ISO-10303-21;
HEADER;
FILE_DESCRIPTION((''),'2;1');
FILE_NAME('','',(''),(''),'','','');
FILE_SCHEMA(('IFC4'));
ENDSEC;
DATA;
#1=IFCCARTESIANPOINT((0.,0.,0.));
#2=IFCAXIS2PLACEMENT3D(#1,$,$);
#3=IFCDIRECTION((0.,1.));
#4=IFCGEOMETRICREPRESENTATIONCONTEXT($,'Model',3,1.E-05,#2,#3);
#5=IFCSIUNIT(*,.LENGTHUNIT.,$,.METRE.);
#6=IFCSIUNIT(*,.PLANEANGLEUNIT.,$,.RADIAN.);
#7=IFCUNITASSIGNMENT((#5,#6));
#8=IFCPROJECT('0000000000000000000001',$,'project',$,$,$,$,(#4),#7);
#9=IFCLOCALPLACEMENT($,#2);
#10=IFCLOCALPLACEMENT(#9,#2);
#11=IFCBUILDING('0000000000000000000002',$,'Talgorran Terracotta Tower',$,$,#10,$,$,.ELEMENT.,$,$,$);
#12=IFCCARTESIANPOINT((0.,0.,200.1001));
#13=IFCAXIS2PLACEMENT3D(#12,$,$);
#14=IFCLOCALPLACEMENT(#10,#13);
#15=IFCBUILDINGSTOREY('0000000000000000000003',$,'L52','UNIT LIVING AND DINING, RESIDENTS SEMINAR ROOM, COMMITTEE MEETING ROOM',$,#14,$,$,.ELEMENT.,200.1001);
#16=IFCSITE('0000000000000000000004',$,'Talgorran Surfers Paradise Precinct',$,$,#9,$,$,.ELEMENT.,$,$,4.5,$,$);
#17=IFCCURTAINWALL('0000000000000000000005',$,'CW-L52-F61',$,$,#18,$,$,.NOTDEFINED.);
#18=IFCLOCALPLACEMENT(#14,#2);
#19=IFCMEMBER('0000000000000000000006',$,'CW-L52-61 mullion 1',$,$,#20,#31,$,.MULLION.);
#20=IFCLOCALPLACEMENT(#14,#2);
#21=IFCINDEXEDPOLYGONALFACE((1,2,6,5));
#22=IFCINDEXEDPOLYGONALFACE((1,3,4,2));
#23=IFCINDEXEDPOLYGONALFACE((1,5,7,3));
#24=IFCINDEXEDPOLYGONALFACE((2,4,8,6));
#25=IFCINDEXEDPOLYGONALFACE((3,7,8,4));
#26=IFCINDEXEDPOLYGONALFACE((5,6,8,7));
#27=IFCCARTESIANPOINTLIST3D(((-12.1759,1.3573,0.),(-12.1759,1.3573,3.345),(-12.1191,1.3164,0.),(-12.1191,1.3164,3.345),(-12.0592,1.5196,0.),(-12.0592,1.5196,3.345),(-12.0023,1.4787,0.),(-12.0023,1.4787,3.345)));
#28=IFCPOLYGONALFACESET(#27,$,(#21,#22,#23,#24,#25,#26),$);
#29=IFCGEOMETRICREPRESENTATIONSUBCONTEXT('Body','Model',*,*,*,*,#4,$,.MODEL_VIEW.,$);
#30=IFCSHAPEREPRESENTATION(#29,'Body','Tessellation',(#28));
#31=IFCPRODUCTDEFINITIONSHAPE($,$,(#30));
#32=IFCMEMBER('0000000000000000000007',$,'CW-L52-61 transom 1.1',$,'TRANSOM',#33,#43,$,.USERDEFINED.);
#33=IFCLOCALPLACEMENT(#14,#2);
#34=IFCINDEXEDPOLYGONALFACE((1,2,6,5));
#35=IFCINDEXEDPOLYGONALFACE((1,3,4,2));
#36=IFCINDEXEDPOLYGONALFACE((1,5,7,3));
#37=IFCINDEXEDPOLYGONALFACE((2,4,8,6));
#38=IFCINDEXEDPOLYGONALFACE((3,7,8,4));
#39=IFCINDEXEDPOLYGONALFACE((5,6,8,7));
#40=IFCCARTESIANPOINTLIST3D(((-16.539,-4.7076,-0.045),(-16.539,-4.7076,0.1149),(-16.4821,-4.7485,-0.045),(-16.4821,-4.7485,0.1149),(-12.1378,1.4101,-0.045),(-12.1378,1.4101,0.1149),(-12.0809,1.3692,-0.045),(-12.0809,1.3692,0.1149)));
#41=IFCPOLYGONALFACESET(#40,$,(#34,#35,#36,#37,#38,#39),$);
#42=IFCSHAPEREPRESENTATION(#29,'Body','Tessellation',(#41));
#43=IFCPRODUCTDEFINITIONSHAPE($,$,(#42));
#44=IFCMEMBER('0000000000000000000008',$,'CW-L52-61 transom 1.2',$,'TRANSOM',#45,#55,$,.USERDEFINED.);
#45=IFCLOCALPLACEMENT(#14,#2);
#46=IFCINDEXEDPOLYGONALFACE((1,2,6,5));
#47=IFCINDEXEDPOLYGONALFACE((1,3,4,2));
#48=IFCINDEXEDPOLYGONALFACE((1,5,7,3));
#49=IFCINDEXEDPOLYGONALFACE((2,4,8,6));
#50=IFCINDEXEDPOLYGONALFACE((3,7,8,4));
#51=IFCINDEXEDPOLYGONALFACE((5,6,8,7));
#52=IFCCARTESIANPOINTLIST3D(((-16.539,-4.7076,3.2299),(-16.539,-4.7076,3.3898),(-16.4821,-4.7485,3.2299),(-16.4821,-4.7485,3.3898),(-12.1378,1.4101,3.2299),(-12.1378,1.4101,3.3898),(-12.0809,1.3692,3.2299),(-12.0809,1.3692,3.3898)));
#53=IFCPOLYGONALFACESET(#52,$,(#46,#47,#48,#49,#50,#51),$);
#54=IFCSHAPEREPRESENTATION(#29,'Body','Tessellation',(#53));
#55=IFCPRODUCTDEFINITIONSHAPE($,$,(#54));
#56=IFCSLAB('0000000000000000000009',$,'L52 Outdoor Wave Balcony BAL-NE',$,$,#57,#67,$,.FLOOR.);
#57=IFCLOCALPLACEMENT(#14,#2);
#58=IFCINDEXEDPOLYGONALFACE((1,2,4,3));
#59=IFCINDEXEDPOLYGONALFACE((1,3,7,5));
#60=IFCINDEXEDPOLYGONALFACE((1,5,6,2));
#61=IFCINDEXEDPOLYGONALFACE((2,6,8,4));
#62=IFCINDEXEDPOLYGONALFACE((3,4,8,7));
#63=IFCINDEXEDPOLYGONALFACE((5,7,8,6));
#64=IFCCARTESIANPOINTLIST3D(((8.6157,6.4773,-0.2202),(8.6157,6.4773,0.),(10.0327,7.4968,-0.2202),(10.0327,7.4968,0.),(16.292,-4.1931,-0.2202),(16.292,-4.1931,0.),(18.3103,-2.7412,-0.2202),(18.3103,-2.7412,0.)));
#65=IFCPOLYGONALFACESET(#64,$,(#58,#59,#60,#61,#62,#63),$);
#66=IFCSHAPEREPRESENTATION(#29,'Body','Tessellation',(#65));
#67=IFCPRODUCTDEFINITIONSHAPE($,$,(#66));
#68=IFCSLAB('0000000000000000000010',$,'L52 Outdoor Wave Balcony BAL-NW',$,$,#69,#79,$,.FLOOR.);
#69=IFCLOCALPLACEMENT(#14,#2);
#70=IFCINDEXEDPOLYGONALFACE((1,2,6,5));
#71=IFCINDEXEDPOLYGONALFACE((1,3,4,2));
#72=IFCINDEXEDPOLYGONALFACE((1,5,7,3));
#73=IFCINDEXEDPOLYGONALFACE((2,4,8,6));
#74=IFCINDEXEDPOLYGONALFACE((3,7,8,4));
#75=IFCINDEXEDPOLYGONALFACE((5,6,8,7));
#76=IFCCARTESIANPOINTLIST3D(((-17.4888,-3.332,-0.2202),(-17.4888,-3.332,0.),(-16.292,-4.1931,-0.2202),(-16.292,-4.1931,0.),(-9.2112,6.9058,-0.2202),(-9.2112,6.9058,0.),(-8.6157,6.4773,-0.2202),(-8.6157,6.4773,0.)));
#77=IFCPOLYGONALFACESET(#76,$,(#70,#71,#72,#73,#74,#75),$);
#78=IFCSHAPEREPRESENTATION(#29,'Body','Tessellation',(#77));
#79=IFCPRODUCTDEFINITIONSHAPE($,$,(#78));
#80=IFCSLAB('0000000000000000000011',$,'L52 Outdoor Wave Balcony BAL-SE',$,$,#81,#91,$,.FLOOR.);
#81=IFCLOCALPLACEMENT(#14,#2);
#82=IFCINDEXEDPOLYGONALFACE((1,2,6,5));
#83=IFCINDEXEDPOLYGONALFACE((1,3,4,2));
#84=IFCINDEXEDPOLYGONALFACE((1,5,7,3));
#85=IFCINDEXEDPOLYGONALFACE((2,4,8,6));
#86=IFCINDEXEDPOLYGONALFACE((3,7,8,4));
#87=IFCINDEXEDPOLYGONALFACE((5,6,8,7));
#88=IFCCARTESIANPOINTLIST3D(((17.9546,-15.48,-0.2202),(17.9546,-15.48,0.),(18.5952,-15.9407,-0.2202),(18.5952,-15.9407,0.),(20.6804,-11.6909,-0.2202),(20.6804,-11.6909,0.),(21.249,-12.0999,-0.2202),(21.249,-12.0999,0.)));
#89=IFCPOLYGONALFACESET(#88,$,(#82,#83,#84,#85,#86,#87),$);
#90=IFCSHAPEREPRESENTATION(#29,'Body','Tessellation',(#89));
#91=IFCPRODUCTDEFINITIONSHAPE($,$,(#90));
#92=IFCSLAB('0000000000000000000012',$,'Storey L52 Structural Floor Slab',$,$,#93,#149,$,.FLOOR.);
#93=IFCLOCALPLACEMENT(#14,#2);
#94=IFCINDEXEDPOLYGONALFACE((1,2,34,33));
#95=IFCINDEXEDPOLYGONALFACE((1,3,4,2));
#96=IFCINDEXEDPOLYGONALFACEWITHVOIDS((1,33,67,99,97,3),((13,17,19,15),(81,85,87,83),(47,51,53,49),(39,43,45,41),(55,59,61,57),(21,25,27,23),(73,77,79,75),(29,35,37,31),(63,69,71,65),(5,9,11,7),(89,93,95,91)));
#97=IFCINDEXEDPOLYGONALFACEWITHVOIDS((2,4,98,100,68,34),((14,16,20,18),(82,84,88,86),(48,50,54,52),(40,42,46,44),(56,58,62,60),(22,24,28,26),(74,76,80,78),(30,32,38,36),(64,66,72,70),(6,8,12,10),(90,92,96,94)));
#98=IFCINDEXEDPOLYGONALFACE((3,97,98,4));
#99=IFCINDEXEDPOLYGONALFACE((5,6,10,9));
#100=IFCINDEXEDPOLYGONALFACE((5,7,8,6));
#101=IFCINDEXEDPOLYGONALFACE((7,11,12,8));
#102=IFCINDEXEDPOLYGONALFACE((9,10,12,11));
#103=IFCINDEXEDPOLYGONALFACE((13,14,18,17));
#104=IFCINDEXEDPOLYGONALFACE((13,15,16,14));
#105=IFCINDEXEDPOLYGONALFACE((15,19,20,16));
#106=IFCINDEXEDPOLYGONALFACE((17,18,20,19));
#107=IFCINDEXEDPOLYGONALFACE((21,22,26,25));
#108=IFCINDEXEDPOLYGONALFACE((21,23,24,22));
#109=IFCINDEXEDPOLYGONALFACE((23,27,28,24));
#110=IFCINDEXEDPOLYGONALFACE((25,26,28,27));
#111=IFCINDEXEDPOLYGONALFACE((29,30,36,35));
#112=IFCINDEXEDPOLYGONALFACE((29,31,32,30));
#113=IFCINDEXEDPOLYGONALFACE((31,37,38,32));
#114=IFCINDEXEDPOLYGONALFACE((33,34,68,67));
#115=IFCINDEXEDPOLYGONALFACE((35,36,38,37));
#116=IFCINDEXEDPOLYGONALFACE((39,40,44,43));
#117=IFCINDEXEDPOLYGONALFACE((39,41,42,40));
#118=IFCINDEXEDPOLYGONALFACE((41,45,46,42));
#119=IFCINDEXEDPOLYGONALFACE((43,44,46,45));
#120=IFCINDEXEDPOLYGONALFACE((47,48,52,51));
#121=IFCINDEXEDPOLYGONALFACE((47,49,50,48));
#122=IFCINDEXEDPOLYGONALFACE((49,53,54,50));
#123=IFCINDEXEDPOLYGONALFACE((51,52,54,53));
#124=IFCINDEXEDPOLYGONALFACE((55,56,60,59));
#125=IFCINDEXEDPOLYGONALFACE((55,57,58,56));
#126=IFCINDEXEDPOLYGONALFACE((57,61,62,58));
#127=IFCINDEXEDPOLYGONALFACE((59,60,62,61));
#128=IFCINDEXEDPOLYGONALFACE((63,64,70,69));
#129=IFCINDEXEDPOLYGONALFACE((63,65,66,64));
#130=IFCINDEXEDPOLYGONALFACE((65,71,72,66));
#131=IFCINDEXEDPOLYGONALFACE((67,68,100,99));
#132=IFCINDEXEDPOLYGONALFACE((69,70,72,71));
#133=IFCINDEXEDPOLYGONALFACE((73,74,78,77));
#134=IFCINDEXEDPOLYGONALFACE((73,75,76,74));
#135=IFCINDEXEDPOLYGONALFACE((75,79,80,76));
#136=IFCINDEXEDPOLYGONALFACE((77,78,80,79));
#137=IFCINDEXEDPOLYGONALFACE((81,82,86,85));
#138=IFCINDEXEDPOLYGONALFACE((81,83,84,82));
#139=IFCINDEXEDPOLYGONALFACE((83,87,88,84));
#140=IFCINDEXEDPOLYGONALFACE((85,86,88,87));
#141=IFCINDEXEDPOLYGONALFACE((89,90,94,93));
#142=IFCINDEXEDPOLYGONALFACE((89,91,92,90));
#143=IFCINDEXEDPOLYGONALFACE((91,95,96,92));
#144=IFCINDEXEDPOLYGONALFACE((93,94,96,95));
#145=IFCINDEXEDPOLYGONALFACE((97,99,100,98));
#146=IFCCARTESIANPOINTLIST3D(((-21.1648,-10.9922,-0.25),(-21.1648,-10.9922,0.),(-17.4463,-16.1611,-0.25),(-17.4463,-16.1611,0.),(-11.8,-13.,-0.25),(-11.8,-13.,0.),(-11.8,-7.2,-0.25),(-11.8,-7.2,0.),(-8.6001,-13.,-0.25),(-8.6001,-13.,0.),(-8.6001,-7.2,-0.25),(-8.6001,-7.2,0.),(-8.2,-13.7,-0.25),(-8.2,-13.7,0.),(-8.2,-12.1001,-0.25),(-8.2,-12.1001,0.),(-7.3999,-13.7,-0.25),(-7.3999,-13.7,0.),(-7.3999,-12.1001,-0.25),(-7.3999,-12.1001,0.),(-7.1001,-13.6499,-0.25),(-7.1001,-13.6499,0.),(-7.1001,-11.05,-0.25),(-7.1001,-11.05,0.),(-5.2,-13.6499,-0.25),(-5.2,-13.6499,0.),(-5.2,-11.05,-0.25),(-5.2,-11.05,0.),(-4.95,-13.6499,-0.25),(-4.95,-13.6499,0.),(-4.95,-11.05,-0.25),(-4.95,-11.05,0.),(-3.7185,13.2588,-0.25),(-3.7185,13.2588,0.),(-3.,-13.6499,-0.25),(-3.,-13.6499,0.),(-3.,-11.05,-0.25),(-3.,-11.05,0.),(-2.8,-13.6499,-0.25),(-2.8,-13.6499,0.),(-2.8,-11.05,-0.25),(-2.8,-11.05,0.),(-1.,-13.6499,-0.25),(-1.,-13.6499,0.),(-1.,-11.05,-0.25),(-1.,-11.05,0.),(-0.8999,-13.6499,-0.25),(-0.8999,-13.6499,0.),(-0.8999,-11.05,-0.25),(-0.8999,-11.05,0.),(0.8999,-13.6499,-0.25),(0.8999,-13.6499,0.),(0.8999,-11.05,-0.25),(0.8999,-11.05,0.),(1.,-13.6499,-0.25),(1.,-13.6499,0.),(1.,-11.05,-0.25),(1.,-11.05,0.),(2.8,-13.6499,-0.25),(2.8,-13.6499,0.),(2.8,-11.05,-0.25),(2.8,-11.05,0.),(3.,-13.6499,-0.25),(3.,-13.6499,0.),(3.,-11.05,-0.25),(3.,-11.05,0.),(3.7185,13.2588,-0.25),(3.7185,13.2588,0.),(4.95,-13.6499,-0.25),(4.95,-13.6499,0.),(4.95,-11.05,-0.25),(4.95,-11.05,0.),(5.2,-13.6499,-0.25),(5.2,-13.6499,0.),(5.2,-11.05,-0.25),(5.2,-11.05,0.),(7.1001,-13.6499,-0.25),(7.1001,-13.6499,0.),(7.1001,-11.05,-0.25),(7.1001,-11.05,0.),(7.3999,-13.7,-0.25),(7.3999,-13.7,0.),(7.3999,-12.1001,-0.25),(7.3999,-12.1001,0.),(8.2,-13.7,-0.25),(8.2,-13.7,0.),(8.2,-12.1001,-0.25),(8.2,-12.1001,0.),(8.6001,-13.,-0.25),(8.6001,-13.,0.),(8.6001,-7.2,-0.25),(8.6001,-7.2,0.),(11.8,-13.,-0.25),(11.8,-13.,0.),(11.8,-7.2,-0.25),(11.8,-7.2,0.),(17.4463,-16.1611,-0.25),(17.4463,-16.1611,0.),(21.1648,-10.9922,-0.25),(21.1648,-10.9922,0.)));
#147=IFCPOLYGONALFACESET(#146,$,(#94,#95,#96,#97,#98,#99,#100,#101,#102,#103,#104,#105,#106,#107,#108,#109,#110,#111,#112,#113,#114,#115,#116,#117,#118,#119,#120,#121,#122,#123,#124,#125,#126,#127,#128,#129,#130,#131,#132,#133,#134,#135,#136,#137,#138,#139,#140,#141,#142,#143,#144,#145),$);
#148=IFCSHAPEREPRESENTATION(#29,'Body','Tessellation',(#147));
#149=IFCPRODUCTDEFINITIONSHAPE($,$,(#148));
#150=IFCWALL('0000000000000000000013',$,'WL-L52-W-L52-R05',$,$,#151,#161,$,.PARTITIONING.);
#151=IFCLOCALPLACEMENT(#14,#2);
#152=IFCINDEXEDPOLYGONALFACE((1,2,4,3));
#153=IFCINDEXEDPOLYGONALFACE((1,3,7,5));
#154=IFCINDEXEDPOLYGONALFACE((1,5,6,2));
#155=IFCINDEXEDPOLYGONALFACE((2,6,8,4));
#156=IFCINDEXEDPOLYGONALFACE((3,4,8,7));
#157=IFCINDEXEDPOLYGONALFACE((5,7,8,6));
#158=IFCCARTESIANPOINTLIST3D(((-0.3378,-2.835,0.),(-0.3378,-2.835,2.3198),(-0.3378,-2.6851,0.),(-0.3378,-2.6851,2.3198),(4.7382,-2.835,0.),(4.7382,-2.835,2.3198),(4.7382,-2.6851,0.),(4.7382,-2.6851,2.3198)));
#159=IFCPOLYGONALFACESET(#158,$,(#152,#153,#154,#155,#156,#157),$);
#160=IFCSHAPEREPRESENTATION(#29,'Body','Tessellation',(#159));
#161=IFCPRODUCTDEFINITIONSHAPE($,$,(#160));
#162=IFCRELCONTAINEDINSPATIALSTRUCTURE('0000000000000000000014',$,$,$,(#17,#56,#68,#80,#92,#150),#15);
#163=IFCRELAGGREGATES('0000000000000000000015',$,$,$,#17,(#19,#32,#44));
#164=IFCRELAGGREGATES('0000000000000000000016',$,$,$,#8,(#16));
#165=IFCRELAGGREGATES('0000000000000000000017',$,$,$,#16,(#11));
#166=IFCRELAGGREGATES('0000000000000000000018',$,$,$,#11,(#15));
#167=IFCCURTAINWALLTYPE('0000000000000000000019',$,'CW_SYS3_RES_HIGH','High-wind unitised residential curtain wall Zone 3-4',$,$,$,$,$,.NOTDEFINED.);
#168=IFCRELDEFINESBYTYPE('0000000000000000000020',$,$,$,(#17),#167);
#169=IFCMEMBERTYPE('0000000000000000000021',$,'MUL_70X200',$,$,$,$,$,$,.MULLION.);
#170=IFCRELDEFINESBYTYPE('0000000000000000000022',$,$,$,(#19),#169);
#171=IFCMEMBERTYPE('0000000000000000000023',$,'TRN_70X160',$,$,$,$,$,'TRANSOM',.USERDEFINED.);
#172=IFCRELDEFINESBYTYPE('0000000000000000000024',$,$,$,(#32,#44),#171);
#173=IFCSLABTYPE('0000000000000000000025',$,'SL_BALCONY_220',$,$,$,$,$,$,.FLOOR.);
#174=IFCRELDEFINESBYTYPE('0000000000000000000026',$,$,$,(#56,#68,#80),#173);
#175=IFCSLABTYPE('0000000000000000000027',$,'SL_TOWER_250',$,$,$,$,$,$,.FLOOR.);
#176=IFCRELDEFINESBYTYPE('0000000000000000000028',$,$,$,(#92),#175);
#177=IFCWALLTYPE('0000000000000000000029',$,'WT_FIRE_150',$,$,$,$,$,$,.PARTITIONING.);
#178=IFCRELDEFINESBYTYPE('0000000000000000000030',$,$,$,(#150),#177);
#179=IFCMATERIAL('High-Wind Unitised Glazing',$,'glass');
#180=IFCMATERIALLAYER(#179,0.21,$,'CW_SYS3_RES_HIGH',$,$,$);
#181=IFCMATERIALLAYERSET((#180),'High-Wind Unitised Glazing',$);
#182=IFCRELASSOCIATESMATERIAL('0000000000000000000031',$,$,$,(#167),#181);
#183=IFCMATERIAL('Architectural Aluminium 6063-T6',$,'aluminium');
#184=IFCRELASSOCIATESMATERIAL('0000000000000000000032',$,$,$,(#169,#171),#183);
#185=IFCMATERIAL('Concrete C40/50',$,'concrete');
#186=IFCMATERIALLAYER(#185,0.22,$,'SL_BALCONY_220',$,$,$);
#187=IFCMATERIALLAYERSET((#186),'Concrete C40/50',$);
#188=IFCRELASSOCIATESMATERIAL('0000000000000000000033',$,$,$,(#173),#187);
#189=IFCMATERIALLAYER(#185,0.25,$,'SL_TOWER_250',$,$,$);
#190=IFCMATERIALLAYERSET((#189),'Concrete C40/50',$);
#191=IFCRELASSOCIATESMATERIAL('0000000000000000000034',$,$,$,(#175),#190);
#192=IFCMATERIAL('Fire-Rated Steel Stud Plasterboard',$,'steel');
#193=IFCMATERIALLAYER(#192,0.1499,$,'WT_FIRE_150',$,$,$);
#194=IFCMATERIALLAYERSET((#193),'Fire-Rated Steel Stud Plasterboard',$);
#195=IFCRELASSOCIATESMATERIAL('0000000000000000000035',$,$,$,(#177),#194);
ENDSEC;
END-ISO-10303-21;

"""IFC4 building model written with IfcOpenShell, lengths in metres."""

from ifc_helpers import new_model, si_unit, direction, frame, frame_2d, origin, origin_2d, place, context, subcontext, project, spatial, polyline, rectangle, outline, extrude, material, layer, layer_set, material_profile, profile_set, type_object, element, aggregate, save


model = new_model("IFC4")

# Units and contexts
model_context = context("Model", 3, precision=1e-05, world=origin(), true_north=direction((0.0, 1.0)))
body_context = subcontext(model_context, "Body", "Model", "MODEL_VIEW")
ifc_project = project(units=[si_unit("LENGTHUNIT", "METRE"), si_unit("PLANEANGLEUNIT", "RADIAN")], contexts=[model_context])

# Site, building, storey
site_placement = place(None, origin())
site = spatial("IfcSite", under=ifc_project, at=site_placement, Name="Talgorran Surfers Paradise Precinct", CompositionType="ELEMENT", RefElevation=4.5)
building_placement = place(site_placement, origin())
building = spatial("IfcBuilding", under=site, at=building_placement, Name="Talgorran Terracotta Tower", CompositionType="ELEMENT")
storey_placement = place(building_placement, frame((0.0, 0.0, 200.1001)))
storey = spatial("IfcBuildingStorey", under=building, at=storey_placement, Name="L52", Description="UNIT LIVING AND DINING, RESIDENTS SEMINAR ROOM, COMMITTEE MEETING ROOM", CompositionType="ELEMENT", Elevation=200.1001)

# Curtain wall, members
ifc_material_1 = material(Name="High-Wind Unitised Glazing", Category="glass")
ifc_layer_1 = layer(ifc_material_1, 0.21, Name="CW_SYS3_RES_HIGH")
ifc_layer_set_1 = layer_set([ifc_layer_1], Name="High-Wind Unitised Glazing")
curtain_wall_type = type_object("IfcCurtainWallType", Name="CW_SYS3_RES_HIGH", Description="High-wind unitised residential curtain wall Zone 3-4", PredefinedType="NOTDEFINED", material=ifc_layer_set_1)
curtain_wall_placement = place(storey_placement, origin())
curtain_wall = element("IfcCurtainWall", 1, at=curtain_wall_placement, inside=storey, type_object=curtain_wall_type, Name="CW-L52-F61", PredefinedType="NOTDEFINED")
ifc_material_2 = material(Name="Architectural Aluminium 6063-T6", Category="aluminium")
ifc_material_profile_1 = material_profile(ifc_material_2, rectangle(XDim=0.0701, YDim=0.2, at=origin_2d()), Name="CWM70X200")
ifc_profile_set_1 = profile_set([ifc_material_profile_1], Name="Architectural Aluminium 6063-T6")
member_type_1 = type_object("IfcMemberType", Name="MUL_70X200", PredefinedType="MULLION", material=ifc_profile_set_1)
member_1_placement = place(storey_placement, frame((-12.0891, 1.418, 0.0), z_axis=(0.0, 0.0, 1.0), x_axis=(0.811767, -0.583982, 0.0)))
member_1 = element("IfcMember", 2, at=member_1_placement, type_object=member_type_1, Name="CW-L52-61 mullion 1", PredefinedType="MULLION", context=body_context, shape_type="SweptSolid", body=[
    extrude(rectangle(XDim=0.0701, YDim=0.2, at=origin_2d()), origin(), (0.0, 0.0, 1.0), 3.345),
])
ifc_material_profile_2 = material_profile(ifc_material_2, rectangle(XDim=0.0701, YDim=0.1599, at=origin_2d()), Name="CWT70X160")
ifc_profile_set_2 = profile_set([ifc_material_profile_2], Name="Architectural Aluminium 6063-T6")
member_type_2 = type_object("IfcMemberType", Name="TRN_70X160", ElementType="TRANSOM", PredefinedType="USERDEFINED", material=ifc_profile_set_2)
member_2_placement = place(storey_placement, frame((-12.1094, 1.3896, 0.0349), z_axis=(-0.58399, -0.811761, 0.0), x_axis=(0.811761, -0.58399, 0.0)))
member_2 = element("IfcMember", 3, at=member_2_placement, type_object=member_type_2, Name="CW-L52-61 transom 1.1", ObjectType="TRANSOM", PredefinedType="USERDEFINED", context=body_context, shape_type="SweptSolid", body=[
    extrude(rectangle(XDim=0.0701, YDim=0.1599, at=origin_2d()), origin(), (0.0, 0.0, 1.0), 7.5364),
])
member_3_placement = place(storey_placement, frame((-12.1094, 1.3896, 3.3098), z_axis=(-0.58399, -0.811761, 0.0), x_axis=(0.811761, -0.58399, 0.0)))
member_3 = element("IfcMember", 4, at=member_3_placement, type_object=member_type_2, Name="CW-L52-61 transom 1.2", ObjectType="TRANSOM", PredefinedType="USERDEFINED", context=body_context, shape_type="SweptSolid", body=[
    extrude(rectangle(XDim=0.0701, YDim=0.1599, at=origin_2d()), origin(), (0.0, 0.0, 1.0), 7.5364),
])
aggregate(curtain_wall, [member_1, member_2, member_3])

# Slabs
ifc_material_3 = material(Name="Concrete C40/50", Category="concrete")
ifc_layer_2 = layer(ifc_material_3, 0.22, Name="SL_BALCONY_220")
ifc_layer_set_2 = layer_set([ifc_layer_2], Name="Concrete C40/50")
slab_type_1 = type_object("IfcSlabType", Name="SL_BALCONY_220", PredefinedType="FLOOR", material=ifc_layer_set_2)
slab_1_placement = place(storey_placement, frame((0.0, 0.0, -0.2202)))
element("IfcSlab", 5, at=slab_1_placement, inside=storey, type_object=slab_type_1, Name="L52 Outdoor Wave Balcony BAL-NE", PredefinedType="FLOOR", context=body_context, shape_type="SweptSolid", body=[
    extrude(outline(polyline([(8.6157, 6.4773), (16.292, -4.1931), (18.3103, -2.7412), (10.0327, 7.4968), (8.6157, 6.4773)])), origin(), (0.0, 0.0, 1.0), 0.2202),
])
slab_2_placement = place(storey_placement, frame((0.0, 0.0, -0.2202)))
element("IfcSlab", 6, at=slab_2_placement, inside=storey, type_object=slab_type_1, Name="L52 Outdoor Wave Balcony BAL-NW", PredefinedType="FLOOR", context=body_context, shape_type="SweptSolid", body=[
    extrude(outline(polyline([(-16.292, -4.1931), (-8.6157, 6.4773), (-9.2112, 6.9058), (-17.4888, -3.332), (-16.292, -4.1931)])), origin(), (0.0, 0.0, 1.0), 0.2202),
])
slab_3_placement = place(storey_placement, frame((0.0, 0.0, -0.2202)))
element("IfcSlab", 7, at=slab_3_placement, inside=storey, type_object=slab_type_1, Name="L52 Outdoor Wave Balcony BAL-SE", PredefinedType="FLOOR", context=body_context, shape_type="SweptSolid", body=[
    extrude(outline(polyline([(20.6804, -11.6909), (17.9546, -15.48), (18.5952, -15.9407), (21.249, -12.0999), (20.6804, -11.6909)])), origin(), (0.0, 0.0, 1.0), 0.2202),
])
ifc_layer_3 = layer(ifc_material_3, 0.25, Name="SL_TOWER_250")
ifc_layer_set_3 = layer_set([ifc_layer_3], Name="Concrete C40/50")
slab_type_2 = type_object("IfcSlabType", Name="SL_TOWER_250", PredefinedType="FLOOR", material=ifc_layer_set_3)
slab_4_placement = place(storey_placement, frame((0.0, 0.0, -0.25)))
element("IfcSlab", 8, at=slab_4_placement, inside=storey, type_object=slab_type_2, Name="Storey L52 Structural Floor Slab", PredefinedType="FLOOR", context=body_context, shape_type="SweptSolid", body=[
    extrude(outline(polyline([(-21.1648, -10.9922), (-17.4463, -16.1611), (17.4463, -16.1611), (21.1648, -10.9922), (3.7185, 13.2588), (-3.7185, 13.2588), (-21.1648, -10.9922)]), holes=[polyline([(-11.8, -7.2), (-11.8, -13.0), (-8.6001, -13.0), (-8.6001, -7.2), (-11.8, -7.2)]), polyline([(8.6001, -7.2), (8.6001, -13.0), (11.8, -13.0), (11.8, -7.2), (8.6001, -7.2)]), polyline([(-7.1001, -13.6499), (-5.2, -13.6499), (-5.2, -11.05), (-7.1001, -11.05), (-7.1001, -13.6499)]), polyline([(5.2, -13.6499), (7.1001, -13.6499), (7.1001, -11.05), (5.2, -11.05), (5.2, -13.6499)]), polyline([(3.0, -13.6499), (4.95, -13.6499), (4.95, -11.05), (3.0, -11.05), (3.0, -13.6499)]), polyline([(-4.95, -13.6499), (-3.0, -13.6499), (-3.0, -11.05), (-4.95, -11.05), (-4.95, -13.6499)]), polyline([(-2.8, -13.6499), (-1.0, -13.6499), (-1.0, -11.05), (-2.8, -11.05), (-2.8, -13.6499)]), polyline([(-0.8999, -13.6499), (0.8999, -13.6499), (0.8999, -11.05), (-0.8999, -11.05), (-0.8999, -13.6499)]), polyline([(1.0, -13.6499), (2.8, -13.6499), (2.8, -11.05), (1.0, -11.05), (1.0, -13.6499)]), polyline([(-8.2, -13.7), (-7.3999, -13.7), (-7.3999, -12.1001), (-8.2, -12.1001), (-8.2, -13.7)]), polyline([(7.3999, -13.7), (8.2, -13.7), (8.2, -12.1001), (7.3999, -12.1001), (7.3999, -13.7)])]), origin(), (0.0, 0.0, 1.0), 0.25),
])

# Wall
ifc_material_4 = material(Name="Fire-Rated Steel Stud Plasterboard", Category="steel")
ifc_layer_4 = layer(ifc_material_4, 0.1499, Name="WT_FIRE_150")
ifc_layer_set_4 = layer_set([ifc_layer_4], Name="Fire-Rated Steel Stud Plasterboard")
wall_type_1 = type_object("IfcWallType", Name="WT_FIRE_150", PredefinedType="PARTITIONING", material=ifc_layer_set_4)
wall_1_placement = place(storey_placement, frame((-0.3379, -2.76, 0.0), z_axis=(0.0, 0.0, 1.0), x_axis=(1.0, 0.0, 0.0)))
element("IfcWall", 9, at=wall_1_placement, inside=storey, type_object=wall_type_1, Name="WL-L52-W-L52-R05", PredefinedType="PARTITIONING", context=body_context, shape_type="SweptSolid", body=[
    extrude(rectangle(XDim=5.0759, YDim=0.1499, at=frame_2d((2.5381, 0.0))), origin(), (0.0, 0.0, 1.0), 2.3198),
])

save(model, "model.ifc")
